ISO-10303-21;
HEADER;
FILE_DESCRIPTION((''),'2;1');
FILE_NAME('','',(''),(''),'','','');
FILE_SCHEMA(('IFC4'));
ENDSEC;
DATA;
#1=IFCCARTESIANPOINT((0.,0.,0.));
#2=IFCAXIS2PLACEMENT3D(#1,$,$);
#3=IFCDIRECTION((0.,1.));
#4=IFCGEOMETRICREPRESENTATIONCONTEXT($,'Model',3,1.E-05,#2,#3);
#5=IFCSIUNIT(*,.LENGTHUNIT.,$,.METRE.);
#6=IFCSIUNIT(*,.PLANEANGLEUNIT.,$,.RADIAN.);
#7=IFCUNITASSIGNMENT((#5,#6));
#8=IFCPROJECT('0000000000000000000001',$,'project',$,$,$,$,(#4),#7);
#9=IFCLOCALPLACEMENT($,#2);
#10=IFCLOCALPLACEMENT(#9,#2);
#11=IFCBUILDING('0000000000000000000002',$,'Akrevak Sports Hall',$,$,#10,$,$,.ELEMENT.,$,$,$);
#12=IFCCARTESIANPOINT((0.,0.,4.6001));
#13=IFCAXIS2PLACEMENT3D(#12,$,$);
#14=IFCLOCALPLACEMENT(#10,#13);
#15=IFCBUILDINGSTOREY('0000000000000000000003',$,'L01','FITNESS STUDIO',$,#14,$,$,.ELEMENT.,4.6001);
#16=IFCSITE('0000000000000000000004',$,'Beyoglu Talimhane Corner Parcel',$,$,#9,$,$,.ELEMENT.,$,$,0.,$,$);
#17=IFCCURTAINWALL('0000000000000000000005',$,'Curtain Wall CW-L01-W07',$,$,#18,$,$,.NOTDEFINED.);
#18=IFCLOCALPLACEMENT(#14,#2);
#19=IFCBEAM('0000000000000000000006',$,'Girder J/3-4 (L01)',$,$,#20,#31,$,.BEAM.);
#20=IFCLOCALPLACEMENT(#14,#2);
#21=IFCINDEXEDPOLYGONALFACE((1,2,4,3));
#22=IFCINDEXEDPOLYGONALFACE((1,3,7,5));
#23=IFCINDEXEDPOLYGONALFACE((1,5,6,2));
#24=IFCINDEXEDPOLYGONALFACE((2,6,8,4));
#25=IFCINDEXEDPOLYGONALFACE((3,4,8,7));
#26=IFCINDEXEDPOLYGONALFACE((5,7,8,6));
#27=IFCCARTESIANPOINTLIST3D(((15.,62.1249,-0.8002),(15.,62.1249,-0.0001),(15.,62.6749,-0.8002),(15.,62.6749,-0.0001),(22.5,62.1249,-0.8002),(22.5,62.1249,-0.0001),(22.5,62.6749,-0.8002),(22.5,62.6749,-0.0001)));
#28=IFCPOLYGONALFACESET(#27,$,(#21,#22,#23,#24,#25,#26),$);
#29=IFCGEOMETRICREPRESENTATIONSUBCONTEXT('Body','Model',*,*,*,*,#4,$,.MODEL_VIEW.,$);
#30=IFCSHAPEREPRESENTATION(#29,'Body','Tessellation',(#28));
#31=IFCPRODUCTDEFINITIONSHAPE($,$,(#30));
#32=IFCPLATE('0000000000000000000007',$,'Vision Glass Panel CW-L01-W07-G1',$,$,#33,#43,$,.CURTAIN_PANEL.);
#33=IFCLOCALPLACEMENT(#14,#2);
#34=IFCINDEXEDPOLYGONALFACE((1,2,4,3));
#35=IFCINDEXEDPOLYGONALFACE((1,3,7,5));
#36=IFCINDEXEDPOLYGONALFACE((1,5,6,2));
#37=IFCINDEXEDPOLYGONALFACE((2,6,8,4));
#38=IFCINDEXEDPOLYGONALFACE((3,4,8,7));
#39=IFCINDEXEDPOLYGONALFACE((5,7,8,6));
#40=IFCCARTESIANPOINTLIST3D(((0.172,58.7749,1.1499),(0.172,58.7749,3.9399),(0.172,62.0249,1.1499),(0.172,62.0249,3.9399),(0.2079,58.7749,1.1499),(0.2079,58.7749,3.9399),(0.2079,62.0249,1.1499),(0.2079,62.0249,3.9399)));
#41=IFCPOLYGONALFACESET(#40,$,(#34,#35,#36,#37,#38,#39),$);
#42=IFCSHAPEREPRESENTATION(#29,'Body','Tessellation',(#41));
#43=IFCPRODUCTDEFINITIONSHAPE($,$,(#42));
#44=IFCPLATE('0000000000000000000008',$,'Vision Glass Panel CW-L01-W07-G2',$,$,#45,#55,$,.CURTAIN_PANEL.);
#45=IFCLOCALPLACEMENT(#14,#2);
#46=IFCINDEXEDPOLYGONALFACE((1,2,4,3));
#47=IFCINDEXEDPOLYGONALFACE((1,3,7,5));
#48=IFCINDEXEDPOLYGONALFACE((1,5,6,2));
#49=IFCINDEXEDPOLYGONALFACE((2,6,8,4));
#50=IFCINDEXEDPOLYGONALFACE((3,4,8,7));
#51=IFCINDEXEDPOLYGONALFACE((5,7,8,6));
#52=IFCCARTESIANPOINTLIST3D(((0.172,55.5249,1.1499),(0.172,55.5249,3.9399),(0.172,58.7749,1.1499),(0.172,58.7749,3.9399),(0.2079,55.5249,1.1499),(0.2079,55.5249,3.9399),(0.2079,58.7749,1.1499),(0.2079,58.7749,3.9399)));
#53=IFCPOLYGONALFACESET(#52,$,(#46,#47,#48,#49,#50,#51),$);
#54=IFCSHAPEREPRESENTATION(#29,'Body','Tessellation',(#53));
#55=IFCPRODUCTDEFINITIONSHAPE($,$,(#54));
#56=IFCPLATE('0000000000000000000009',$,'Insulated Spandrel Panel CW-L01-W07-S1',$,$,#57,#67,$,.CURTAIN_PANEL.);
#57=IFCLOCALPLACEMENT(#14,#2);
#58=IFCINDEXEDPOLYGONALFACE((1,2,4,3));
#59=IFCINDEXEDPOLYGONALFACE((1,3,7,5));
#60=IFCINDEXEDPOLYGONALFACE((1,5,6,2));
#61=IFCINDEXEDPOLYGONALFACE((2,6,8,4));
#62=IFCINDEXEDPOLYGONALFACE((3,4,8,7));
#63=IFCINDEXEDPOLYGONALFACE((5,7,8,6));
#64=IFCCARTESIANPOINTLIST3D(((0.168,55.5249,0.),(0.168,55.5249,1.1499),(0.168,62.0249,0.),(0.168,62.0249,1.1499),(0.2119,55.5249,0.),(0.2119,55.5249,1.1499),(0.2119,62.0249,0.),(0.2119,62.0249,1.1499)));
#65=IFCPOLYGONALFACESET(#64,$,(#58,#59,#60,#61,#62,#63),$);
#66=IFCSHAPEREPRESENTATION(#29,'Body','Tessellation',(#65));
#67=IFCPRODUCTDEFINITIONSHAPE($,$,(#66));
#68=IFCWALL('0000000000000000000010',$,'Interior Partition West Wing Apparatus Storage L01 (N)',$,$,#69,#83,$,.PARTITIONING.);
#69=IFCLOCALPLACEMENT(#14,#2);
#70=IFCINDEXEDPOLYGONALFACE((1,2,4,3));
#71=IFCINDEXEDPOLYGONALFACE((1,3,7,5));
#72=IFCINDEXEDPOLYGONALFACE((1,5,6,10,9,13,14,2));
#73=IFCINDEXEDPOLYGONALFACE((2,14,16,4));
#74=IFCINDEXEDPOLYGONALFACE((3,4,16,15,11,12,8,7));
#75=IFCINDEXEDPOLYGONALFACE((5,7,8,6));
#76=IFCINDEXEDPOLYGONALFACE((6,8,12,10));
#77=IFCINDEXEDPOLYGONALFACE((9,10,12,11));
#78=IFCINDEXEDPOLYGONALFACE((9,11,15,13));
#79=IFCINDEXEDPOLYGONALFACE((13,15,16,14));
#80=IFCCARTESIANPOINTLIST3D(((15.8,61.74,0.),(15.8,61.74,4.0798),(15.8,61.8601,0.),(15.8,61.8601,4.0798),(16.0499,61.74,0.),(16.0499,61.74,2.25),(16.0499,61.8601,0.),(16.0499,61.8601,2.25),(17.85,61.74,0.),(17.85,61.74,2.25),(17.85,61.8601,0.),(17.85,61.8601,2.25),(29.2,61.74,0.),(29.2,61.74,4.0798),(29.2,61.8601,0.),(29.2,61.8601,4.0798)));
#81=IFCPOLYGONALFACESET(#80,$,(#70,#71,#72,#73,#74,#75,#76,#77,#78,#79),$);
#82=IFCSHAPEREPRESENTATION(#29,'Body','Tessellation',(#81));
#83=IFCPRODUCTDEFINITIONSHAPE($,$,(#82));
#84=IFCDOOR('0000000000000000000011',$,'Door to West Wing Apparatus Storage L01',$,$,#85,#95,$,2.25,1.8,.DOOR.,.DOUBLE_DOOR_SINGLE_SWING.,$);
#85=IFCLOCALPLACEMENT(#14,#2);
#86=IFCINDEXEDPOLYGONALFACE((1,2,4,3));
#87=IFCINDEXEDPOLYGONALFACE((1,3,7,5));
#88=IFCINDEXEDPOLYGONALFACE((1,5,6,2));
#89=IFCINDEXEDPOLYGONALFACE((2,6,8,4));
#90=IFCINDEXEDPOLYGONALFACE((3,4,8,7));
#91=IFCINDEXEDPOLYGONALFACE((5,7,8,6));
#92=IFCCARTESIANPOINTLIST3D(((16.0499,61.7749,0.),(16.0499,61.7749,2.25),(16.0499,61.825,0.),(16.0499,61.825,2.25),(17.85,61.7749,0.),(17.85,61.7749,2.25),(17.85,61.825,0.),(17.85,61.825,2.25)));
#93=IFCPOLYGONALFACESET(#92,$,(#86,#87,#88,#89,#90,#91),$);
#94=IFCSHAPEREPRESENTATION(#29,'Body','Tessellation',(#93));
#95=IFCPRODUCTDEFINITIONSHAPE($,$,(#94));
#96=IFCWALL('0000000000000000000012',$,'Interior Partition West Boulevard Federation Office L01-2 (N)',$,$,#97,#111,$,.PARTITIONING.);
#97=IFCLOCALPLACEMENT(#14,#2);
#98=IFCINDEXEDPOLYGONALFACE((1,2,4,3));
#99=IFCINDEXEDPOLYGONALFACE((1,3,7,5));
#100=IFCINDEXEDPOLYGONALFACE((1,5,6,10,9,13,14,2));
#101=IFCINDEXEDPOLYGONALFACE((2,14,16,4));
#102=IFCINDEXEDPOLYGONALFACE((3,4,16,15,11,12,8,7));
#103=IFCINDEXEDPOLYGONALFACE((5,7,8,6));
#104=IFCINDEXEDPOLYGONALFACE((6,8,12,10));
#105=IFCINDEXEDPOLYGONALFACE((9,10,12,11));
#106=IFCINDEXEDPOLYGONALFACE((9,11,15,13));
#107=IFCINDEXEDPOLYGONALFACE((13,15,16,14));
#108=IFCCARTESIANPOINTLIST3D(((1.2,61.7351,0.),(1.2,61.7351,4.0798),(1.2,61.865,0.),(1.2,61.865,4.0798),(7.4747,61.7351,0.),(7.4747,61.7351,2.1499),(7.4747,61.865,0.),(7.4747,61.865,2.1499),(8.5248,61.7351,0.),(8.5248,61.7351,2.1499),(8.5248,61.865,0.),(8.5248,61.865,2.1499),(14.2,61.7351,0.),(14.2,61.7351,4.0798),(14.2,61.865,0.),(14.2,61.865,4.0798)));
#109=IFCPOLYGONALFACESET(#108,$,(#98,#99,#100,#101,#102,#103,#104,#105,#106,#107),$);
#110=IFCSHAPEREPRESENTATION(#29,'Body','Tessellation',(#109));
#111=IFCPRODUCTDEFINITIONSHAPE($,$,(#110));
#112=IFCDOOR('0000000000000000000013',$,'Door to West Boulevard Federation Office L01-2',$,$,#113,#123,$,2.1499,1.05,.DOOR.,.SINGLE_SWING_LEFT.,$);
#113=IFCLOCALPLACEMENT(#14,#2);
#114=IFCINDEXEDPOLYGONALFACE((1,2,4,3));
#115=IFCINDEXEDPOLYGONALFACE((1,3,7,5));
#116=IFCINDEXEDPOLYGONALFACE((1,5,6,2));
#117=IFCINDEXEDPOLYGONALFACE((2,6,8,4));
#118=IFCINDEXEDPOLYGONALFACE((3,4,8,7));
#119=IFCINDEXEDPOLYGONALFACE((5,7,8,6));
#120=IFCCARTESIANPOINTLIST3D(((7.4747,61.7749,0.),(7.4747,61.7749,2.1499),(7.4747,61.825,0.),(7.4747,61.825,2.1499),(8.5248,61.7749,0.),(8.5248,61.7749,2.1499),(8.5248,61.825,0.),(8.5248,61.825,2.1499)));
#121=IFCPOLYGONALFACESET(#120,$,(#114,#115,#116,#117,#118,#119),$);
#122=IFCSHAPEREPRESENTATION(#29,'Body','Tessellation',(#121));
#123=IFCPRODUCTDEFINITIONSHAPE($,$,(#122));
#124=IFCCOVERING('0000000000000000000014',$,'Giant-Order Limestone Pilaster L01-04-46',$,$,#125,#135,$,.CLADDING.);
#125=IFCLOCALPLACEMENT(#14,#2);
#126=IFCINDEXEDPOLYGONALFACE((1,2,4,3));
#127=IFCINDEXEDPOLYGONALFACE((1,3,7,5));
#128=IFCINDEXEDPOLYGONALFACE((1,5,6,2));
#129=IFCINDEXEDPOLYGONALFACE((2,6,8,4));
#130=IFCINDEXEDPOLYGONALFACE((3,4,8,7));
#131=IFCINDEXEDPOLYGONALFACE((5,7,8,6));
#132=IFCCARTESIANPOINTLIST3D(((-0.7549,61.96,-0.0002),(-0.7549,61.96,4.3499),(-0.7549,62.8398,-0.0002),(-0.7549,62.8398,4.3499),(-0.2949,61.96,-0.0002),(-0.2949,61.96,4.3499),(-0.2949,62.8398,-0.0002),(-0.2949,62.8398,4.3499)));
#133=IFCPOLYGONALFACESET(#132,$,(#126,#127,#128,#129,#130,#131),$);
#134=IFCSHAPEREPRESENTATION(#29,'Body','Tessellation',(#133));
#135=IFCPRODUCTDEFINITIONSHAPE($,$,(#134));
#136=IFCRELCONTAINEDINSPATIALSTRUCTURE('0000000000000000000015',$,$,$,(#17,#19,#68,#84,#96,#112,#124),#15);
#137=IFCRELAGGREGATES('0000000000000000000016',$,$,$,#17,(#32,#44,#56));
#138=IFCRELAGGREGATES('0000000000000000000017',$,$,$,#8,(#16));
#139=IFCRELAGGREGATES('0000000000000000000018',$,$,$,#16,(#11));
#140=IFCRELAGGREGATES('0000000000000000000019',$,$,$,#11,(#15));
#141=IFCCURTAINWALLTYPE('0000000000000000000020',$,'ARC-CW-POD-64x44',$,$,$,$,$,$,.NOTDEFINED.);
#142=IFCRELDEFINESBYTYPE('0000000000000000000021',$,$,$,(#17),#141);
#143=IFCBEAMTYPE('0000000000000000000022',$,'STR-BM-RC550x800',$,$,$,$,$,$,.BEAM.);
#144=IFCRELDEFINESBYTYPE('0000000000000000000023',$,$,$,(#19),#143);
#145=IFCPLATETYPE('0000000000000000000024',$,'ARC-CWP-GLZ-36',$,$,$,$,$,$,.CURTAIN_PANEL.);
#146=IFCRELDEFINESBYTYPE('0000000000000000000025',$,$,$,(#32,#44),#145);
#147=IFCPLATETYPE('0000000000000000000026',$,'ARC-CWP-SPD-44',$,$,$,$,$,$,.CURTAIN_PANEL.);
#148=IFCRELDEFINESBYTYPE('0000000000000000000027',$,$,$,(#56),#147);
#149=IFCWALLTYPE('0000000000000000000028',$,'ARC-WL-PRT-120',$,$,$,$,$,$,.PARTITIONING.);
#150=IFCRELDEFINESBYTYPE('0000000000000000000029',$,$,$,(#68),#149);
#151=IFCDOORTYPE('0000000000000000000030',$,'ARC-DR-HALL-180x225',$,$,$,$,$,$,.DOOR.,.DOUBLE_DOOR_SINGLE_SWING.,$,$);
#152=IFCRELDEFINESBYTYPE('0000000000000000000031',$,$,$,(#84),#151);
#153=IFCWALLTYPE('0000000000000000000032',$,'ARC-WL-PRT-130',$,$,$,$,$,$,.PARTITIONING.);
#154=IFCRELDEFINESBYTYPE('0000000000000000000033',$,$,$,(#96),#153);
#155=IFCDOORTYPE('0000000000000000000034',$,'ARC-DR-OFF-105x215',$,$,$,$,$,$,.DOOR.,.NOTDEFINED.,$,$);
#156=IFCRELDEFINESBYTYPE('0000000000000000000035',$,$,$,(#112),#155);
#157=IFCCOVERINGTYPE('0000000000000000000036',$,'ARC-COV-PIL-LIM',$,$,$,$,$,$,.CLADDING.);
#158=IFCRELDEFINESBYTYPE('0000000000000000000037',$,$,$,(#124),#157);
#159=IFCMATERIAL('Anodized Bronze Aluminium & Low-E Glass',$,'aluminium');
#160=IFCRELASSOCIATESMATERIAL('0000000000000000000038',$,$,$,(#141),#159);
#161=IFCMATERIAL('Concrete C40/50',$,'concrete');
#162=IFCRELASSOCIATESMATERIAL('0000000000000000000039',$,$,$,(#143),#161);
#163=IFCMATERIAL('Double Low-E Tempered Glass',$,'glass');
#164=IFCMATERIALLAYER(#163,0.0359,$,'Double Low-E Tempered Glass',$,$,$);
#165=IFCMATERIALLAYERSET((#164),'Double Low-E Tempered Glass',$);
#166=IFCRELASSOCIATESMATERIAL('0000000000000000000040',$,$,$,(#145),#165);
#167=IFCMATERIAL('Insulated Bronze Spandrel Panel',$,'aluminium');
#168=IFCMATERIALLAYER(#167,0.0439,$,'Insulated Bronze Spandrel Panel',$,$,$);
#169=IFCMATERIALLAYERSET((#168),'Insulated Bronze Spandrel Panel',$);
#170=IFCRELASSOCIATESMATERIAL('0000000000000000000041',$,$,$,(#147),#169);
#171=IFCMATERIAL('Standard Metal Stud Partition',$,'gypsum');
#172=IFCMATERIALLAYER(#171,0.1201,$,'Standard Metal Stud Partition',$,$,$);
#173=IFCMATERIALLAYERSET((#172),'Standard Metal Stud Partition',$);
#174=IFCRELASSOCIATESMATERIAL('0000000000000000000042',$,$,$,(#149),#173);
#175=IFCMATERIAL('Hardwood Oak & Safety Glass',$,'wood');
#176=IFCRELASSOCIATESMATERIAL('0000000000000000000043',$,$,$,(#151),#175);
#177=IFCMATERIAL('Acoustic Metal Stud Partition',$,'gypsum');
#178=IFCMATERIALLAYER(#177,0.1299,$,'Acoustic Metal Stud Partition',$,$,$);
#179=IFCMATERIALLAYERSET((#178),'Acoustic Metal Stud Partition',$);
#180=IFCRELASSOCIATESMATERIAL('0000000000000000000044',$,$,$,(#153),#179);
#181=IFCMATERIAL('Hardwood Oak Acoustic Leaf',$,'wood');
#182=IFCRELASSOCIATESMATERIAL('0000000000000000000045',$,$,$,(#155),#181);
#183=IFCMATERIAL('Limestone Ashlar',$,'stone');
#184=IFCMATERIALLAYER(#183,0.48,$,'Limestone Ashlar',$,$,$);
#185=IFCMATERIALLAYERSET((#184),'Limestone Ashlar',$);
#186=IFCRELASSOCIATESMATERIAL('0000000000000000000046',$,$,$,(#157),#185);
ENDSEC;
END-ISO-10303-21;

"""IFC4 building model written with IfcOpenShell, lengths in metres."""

from ifc_helpers import new_model, si_unit, direction, frame, frame_2d, origin, origin_2d, place, context, subcontext, project, spatial, rectangle, extrude, material, layer, layer_set, material_profile, profile_set, type_object, element, fill, aggregate, save


model = new_model("IFC4")

# Units and contexts
model_context = context("Model", 3, precision=1e-05, world=origin(), true_north=direction((0.0, 1.0)))
body_context = subcontext(model_context, "Body", "Model", "MODEL_VIEW")
ifc_project = project(units=[si_unit("LENGTHUNIT", "METRE"), si_unit("PLANEANGLEUNIT", "RADIAN")], contexts=[model_context])

# Site, building, storey
site_placement = place(None, origin())
site = spatial("IfcSite", under=ifc_project, at=site_placement, Name="Beyoglu Talimhane Corner Parcel", CompositionType="ELEMENT", RefElevation=0.0)
building_placement = place(site_placement, origin())
building = spatial("IfcBuilding", under=site, at=building_placement, Name="Akrevak Sports Hall", CompositionType="ELEMENT")
storey_placement = place(building_placement, frame((0.0, 0.0, 4.6001)))
storey = spatial("IfcBuildingStorey", under=building, at=storey_placement, Name="L01", Description="FITNESS STUDIO", CompositionType="ELEMENT", Elevation=4.6001)

# Shared definitions
ifc_material_1 = material(Name="Concrete C40/50", Category="concrete")

# Curtain wall
ifc_material_2 = material(Name="Anodized Bronze Aluminium & Low-E Glass", Category="aluminium")
curtain_wall_type = type_object("IfcCurtainWallType", Name="ARC-CW-POD-64x44", PredefinedType="NOTDEFINED", material=ifc_material_2)
curtain_wall_1_placement = place(storey_placement, origin())
curtain_wall_1 = element("IfcCurtainWall", 1, at=curtain_wall_1_placement, inside=storey, type_object=curtain_wall_type, Name="Curtain Wall CW-L01-W07", PredefinedType="NOTDEFINED")

# Beam
ifc_material_profile_1 = material_profile(ifc_material_1, rectangle(XDim=0.55, YDim=0.8, at=origin_2d()), Name="BM 550x800", Category="concrete")
ifc_profile_set_1 = profile_set([ifc_material_profile_1], Name="Concrete C40/50")
beam_type_1 = type_object("IfcBeamType", Name="STR-BM-RC550x800", PredefinedType="BEAM", material=ifc_profile_set_1)
beam_1_placement = place(storey_placement, frame((15.0, 62.3999, -0.4001), z_axis=(1.0, 0.0, 0.0), x_axis=(0.0, 1.0, 0.0)))
element("IfcBeam", 2, at=beam_1_placement, inside=storey, type_object=beam_type_1, Name="Girder J/3-4 (L01)", PredefinedType="BEAM", context=body_context, shape_type="SweptSolid", body=[
    extrude(rectangle(XDim=0.55, YDim=0.8, at=origin_2d()), origin(), (0.0, 0.0, 1.0), 7.5),
])

# Plates
ifc_material_3 = material(Name="Double Low-E Tempered Glass", Category="glass")
ifc_layer_1 = layer(ifc_material_3, 0.0359, Name="Double Low-E Tempered Glass")
ifc_layer_set_1 = layer_set([ifc_layer_1], Name="Double Low-E Tempered Glass")
plate_type_1 = type_object("IfcPlateType", Name="ARC-CWP-GLZ-36", PredefinedType="CURTAIN_PANEL", material=ifc_layer_set_1)
plate_1_placement = place(storey_placement, frame((0.1899, 60.3999, 1.1499), z_axis=(0.0, 0.0, 1.0), x_axis=(0.0, -1.0, 0.0)))
plate_1 = element("IfcPlate", 3, at=plate_1_placement, type_object=plate_type_1, Name="Vision Glass Panel CW-L01-W07-G1", PredefinedType="CURTAIN_PANEL", context=body_context, shape_type="SweptSolid", body=[
    extrude(rectangle(XDim=3.25, YDim=0.0359, at=origin_2d()), origin(), (0.0, 0.0, 1.0), 2.79),
])
plate_2_placement = place(storey_placement, frame((0.1899, 57.1499, 1.1499), z_axis=(0.0, 0.0, 1.0), x_axis=(0.0, -1.0, 0.0)))
plate_2 = element("IfcPlate", 4, at=plate_2_placement, type_object=plate_type_1, Name="Vision Glass Panel CW-L01-W07-G2", PredefinedType="CURTAIN_PANEL", context=body_context, shape_type="SweptSolid", body=[
    extrude(rectangle(XDim=3.25, YDim=0.0359, at=origin_2d()), origin(), (0.0, 0.0, 1.0), 2.79),
])
ifc_material_4 = material(Name="Insulated Bronze Spandrel Panel", Category="aluminium")
ifc_layer_2 = layer(ifc_material_4, 0.0439, Name="Insulated Bronze Spandrel Panel")
ifc_layer_set_2 = layer_set([ifc_layer_2], Name="Insulated Bronze Spandrel Panel")
plate_type_2 = type_object("IfcPlateType", Name="ARC-CWP-SPD-44", PredefinedType="CURTAIN_PANEL", material=ifc_layer_set_2)
plate_3_placement = place(storey_placement, frame((0.1899, 58.7749, 0.0), z_axis=(0.0, 0.0, 1.0), x_axis=(0.0, -1.0, 0.0)))
plate_3 = element("IfcPlate", 5, at=plate_3_placement, type_object=plate_type_2, Name="Insulated Spandrel Panel CW-L01-W07-S1", PredefinedType="CURTAIN_PANEL", context=body_context, shape_type="SweptSolid", body=[
    extrude(rectangle(XDim=6.5, YDim=0.0439, at=origin_2d()), origin(), (0.0, 0.0, 1.0), 1.1499),
])
aggregate(curtain_wall_1, [plate_1, plate_2, plate_3])

# Walls, openings, doors
ifc_material_5 = material(Name="Standard Metal Stud Partition", Category="gypsum")
ifc_layer_3 = layer(ifc_material_5, 0.1201, Name="Standard Metal Stud Partition")
ifc_layer_set_3 = layer_set([ifc_layer_3], Name="Standard Metal Stud Partition")
wall_type_1 = type_object("IfcWallType", Name="ARC-WL-PRT-120", PredefinedType="PARTITIONING", material=ifc_layer_set_3)
wall_1_placement = place(storey_placement, frame((15.8, 61.8, 0.0), z_axis=(0.0, 0.0, 1.0), x_axis=(1.0, 0.0, 0.0)))
wall_1 = element("IfcWall", 6, at=wall_1_placement, inside=storey, type_object=wall_type_1, Name="Interior Partition West Wing Apparatus Storage L01 (N)", PredefinedType="PARTITIONING", context=body_context, shape_type="SweptSolid", body=[
    extrude(rectangle(XDim=13.3999, YDim=0.1201, at=frame_2d((6.7, 0.0))), origin(), (0.0, 0.0, 1.0), 4.0798),
])
opening_1_placement = place(wall_1_placement, frame((0.25, 0.0, 0.0)))
opening_1 = element("IfcOpeningElement", 7, at=opening_1_placement, cuts=wall_1, PredefinedType="OPENING", context=body_context, shape_type="SweptSolid", body=[
    extrude(rectangle(XDim=1.8, YDim=2.25, at=frame_2d((0.8999, 1.125))), frame((0.0, 0.072, 0.0), z_axis=(0.0, -1.0, 0.0), x_axis=(1.0, 0.0, 0.0)), (0.0, 0.0, 1.0), 0.144),
])
ifc_material_6 = material(Name="Hardwood Oak & Safety Glass", Category="wood")
door_type_1 = type_object("IfcDoorType", Name="ARC-DR-HALL-180x225", OperationType="DOUBLE_DOOR_SINGLE_SWING", PredefinedType="DOOR", material=ifc_material_6)
door_1_placement = place(opening_1_placement, origin())
door_1 = element("IfcDoor", 8, at=door_1_placement, inside=storey, type_object=door_type_1, Name="Door to West Wing Apparatus Storage L01", OperationType="DOUBLE_DOOR_SINGLE_SWING", OverallHeight=2.25, OverallWidth=1.8, PredefinedType="DOOR", context=body_context, shape_type="SweptSolid", body=[
    extrude(rectangle(XDim=1.8, YDim=2.25, at=frame_2d((0.8999, 1.125))), frame((0.0, 0.0249, 0.0), z_axis=(0.0, -1.0, 0.0), x_axis=(1.0, 0.0, 0.0)), (0.0, 0.0, 1.0), 0.05),
])
fill(opening_1, door_1)
ifc_material_7 = material(Name="Acoustic Metal Stud Partition", Category="gypsum")
ifc_layer_4 = layer(ifc_material_7, 0.1299, Name="Acoustic Metal Stud Partition")
ifc_layer_set_4 = layer_set([ifc_layer_4], Name="Acoustic Metal Stud Partition")
wall_type_2 = type_object("IfcWallType", Name="ARC-WL-PRT-130", PredefinedType="PARTITIONING", material=ifc_layer_set_4)
wall_2_placement = place(storey_placement, frame((1.2, 61.8, 0.0), z_axis=(0.0, 0.0, 1.0), x_axis=(1.0, 0.0, 0.0)))
wall_2 = element("IfcWall", 9, at=wall_2_placement, inside=storey, type_object=wall_type_2, Name="Interior Partition West Boulevard Federation Office L01-2 (N)", PredefinedType="PARTITIONING", context=body_context, shape_type="SweptSolid", body=[
    extrude(rectangle(XDim=13.0, YDim=0.1299, at=frame_2d((6.5, 0.0))), origin(), (0.0, 0.0, 1.0), 4.0798),
])
opening_2_placement = place(wall_2_placement, frame((6.2749, 0.0, 0.0)))
opening_2 = element("IfcOpeningElement", 10, at=opening_2_placement, cuts=wall_2, PredefinedType="OPENING", context=body_context, shape_type="SweptSolid", body=[
    extrude(rectangle(XDim=1.05, YDim=2.1499, at=frame_2d((0.5249, 1.075))), frame((0.0, 0.0769, 0.0), z_axis=(0.0, -1.0, 0.0), x_axis=(1.0, 0.0, 0.0)), (0.0, 0.0, 1.0), 0.1538),
])
ifc_material_8 = material(Name="Hardwood Oak Acoustic Leaf", Category="wood")
door_type_2 = type_object("IfcDoorType", Name="ARC-DR-OFF-105x215", OperationType="NOTDEFINED", PredefinedType="DOOR", material=ifc_material_8)
door_2_placement = place(opening_2_placement, origin())
door_2 = element("IfcDoor", 11, at=door_2_placement, inside=storey, type_object=door_type_2, Name="Door to West Boulevard Federation Office L01-2", OperationType="SINGLE_SWING_LEFT", OverallHeight=2.1499, OverallWidth=1.05, PredefinedType="DOOR", context=body_context, shape_type="SweptSolid", body=[
    extrude(rectangle(XDim=1.05, YDim=2.1499, at=frame_2d((0.5249, 1.075))), frame((0.0, 0.0249, 0.0), z_axis=(0.0, -1.0, 0.0), x_axis=(1.0, 0.0, 0.0)), (0.0, 0.0, 1.0), 0.05),
])
fill(opening_2, door_2)

# Covering
ifc_material_9 = material(Name="Limestone Ashlar", Category="stone")
ifc_layer_5 = layer(ifc_material_9, 0.48, Name="Limestone Ashlar")
ifc_layer_set_5 = layer_set([ifc_layer_5], Name="Limestone Ashlar")
covering_type = type_object("IfcCoveringType", Name="ARC-COV-PIL-LIM", PredefinedType="CLADDING", material=ifc_layer_set_5)
covering_placement = place(storey_placement, frame((-0.5249, 62.3999, -0.0002), z_axis=(0.0, 0.0, 1.0), x_axis=(0.0, -1.0, 0.0)))
element("IfcCovering", 12, at=covering_placement, inside=storey, type_object=covering_type, Name="Giant-Order Limestone Pilaster L01-04-46", PredefinedType="CLADDING", context=body_context, shape_type="SweptSolid", body=[
    extrude(rectangle(XDim=0.8799, YDim=0.46, at=origin_2d()), origin(), (0.0, 0.0, 1.0), 4.3501),
])

save(model, "model.ifc")
